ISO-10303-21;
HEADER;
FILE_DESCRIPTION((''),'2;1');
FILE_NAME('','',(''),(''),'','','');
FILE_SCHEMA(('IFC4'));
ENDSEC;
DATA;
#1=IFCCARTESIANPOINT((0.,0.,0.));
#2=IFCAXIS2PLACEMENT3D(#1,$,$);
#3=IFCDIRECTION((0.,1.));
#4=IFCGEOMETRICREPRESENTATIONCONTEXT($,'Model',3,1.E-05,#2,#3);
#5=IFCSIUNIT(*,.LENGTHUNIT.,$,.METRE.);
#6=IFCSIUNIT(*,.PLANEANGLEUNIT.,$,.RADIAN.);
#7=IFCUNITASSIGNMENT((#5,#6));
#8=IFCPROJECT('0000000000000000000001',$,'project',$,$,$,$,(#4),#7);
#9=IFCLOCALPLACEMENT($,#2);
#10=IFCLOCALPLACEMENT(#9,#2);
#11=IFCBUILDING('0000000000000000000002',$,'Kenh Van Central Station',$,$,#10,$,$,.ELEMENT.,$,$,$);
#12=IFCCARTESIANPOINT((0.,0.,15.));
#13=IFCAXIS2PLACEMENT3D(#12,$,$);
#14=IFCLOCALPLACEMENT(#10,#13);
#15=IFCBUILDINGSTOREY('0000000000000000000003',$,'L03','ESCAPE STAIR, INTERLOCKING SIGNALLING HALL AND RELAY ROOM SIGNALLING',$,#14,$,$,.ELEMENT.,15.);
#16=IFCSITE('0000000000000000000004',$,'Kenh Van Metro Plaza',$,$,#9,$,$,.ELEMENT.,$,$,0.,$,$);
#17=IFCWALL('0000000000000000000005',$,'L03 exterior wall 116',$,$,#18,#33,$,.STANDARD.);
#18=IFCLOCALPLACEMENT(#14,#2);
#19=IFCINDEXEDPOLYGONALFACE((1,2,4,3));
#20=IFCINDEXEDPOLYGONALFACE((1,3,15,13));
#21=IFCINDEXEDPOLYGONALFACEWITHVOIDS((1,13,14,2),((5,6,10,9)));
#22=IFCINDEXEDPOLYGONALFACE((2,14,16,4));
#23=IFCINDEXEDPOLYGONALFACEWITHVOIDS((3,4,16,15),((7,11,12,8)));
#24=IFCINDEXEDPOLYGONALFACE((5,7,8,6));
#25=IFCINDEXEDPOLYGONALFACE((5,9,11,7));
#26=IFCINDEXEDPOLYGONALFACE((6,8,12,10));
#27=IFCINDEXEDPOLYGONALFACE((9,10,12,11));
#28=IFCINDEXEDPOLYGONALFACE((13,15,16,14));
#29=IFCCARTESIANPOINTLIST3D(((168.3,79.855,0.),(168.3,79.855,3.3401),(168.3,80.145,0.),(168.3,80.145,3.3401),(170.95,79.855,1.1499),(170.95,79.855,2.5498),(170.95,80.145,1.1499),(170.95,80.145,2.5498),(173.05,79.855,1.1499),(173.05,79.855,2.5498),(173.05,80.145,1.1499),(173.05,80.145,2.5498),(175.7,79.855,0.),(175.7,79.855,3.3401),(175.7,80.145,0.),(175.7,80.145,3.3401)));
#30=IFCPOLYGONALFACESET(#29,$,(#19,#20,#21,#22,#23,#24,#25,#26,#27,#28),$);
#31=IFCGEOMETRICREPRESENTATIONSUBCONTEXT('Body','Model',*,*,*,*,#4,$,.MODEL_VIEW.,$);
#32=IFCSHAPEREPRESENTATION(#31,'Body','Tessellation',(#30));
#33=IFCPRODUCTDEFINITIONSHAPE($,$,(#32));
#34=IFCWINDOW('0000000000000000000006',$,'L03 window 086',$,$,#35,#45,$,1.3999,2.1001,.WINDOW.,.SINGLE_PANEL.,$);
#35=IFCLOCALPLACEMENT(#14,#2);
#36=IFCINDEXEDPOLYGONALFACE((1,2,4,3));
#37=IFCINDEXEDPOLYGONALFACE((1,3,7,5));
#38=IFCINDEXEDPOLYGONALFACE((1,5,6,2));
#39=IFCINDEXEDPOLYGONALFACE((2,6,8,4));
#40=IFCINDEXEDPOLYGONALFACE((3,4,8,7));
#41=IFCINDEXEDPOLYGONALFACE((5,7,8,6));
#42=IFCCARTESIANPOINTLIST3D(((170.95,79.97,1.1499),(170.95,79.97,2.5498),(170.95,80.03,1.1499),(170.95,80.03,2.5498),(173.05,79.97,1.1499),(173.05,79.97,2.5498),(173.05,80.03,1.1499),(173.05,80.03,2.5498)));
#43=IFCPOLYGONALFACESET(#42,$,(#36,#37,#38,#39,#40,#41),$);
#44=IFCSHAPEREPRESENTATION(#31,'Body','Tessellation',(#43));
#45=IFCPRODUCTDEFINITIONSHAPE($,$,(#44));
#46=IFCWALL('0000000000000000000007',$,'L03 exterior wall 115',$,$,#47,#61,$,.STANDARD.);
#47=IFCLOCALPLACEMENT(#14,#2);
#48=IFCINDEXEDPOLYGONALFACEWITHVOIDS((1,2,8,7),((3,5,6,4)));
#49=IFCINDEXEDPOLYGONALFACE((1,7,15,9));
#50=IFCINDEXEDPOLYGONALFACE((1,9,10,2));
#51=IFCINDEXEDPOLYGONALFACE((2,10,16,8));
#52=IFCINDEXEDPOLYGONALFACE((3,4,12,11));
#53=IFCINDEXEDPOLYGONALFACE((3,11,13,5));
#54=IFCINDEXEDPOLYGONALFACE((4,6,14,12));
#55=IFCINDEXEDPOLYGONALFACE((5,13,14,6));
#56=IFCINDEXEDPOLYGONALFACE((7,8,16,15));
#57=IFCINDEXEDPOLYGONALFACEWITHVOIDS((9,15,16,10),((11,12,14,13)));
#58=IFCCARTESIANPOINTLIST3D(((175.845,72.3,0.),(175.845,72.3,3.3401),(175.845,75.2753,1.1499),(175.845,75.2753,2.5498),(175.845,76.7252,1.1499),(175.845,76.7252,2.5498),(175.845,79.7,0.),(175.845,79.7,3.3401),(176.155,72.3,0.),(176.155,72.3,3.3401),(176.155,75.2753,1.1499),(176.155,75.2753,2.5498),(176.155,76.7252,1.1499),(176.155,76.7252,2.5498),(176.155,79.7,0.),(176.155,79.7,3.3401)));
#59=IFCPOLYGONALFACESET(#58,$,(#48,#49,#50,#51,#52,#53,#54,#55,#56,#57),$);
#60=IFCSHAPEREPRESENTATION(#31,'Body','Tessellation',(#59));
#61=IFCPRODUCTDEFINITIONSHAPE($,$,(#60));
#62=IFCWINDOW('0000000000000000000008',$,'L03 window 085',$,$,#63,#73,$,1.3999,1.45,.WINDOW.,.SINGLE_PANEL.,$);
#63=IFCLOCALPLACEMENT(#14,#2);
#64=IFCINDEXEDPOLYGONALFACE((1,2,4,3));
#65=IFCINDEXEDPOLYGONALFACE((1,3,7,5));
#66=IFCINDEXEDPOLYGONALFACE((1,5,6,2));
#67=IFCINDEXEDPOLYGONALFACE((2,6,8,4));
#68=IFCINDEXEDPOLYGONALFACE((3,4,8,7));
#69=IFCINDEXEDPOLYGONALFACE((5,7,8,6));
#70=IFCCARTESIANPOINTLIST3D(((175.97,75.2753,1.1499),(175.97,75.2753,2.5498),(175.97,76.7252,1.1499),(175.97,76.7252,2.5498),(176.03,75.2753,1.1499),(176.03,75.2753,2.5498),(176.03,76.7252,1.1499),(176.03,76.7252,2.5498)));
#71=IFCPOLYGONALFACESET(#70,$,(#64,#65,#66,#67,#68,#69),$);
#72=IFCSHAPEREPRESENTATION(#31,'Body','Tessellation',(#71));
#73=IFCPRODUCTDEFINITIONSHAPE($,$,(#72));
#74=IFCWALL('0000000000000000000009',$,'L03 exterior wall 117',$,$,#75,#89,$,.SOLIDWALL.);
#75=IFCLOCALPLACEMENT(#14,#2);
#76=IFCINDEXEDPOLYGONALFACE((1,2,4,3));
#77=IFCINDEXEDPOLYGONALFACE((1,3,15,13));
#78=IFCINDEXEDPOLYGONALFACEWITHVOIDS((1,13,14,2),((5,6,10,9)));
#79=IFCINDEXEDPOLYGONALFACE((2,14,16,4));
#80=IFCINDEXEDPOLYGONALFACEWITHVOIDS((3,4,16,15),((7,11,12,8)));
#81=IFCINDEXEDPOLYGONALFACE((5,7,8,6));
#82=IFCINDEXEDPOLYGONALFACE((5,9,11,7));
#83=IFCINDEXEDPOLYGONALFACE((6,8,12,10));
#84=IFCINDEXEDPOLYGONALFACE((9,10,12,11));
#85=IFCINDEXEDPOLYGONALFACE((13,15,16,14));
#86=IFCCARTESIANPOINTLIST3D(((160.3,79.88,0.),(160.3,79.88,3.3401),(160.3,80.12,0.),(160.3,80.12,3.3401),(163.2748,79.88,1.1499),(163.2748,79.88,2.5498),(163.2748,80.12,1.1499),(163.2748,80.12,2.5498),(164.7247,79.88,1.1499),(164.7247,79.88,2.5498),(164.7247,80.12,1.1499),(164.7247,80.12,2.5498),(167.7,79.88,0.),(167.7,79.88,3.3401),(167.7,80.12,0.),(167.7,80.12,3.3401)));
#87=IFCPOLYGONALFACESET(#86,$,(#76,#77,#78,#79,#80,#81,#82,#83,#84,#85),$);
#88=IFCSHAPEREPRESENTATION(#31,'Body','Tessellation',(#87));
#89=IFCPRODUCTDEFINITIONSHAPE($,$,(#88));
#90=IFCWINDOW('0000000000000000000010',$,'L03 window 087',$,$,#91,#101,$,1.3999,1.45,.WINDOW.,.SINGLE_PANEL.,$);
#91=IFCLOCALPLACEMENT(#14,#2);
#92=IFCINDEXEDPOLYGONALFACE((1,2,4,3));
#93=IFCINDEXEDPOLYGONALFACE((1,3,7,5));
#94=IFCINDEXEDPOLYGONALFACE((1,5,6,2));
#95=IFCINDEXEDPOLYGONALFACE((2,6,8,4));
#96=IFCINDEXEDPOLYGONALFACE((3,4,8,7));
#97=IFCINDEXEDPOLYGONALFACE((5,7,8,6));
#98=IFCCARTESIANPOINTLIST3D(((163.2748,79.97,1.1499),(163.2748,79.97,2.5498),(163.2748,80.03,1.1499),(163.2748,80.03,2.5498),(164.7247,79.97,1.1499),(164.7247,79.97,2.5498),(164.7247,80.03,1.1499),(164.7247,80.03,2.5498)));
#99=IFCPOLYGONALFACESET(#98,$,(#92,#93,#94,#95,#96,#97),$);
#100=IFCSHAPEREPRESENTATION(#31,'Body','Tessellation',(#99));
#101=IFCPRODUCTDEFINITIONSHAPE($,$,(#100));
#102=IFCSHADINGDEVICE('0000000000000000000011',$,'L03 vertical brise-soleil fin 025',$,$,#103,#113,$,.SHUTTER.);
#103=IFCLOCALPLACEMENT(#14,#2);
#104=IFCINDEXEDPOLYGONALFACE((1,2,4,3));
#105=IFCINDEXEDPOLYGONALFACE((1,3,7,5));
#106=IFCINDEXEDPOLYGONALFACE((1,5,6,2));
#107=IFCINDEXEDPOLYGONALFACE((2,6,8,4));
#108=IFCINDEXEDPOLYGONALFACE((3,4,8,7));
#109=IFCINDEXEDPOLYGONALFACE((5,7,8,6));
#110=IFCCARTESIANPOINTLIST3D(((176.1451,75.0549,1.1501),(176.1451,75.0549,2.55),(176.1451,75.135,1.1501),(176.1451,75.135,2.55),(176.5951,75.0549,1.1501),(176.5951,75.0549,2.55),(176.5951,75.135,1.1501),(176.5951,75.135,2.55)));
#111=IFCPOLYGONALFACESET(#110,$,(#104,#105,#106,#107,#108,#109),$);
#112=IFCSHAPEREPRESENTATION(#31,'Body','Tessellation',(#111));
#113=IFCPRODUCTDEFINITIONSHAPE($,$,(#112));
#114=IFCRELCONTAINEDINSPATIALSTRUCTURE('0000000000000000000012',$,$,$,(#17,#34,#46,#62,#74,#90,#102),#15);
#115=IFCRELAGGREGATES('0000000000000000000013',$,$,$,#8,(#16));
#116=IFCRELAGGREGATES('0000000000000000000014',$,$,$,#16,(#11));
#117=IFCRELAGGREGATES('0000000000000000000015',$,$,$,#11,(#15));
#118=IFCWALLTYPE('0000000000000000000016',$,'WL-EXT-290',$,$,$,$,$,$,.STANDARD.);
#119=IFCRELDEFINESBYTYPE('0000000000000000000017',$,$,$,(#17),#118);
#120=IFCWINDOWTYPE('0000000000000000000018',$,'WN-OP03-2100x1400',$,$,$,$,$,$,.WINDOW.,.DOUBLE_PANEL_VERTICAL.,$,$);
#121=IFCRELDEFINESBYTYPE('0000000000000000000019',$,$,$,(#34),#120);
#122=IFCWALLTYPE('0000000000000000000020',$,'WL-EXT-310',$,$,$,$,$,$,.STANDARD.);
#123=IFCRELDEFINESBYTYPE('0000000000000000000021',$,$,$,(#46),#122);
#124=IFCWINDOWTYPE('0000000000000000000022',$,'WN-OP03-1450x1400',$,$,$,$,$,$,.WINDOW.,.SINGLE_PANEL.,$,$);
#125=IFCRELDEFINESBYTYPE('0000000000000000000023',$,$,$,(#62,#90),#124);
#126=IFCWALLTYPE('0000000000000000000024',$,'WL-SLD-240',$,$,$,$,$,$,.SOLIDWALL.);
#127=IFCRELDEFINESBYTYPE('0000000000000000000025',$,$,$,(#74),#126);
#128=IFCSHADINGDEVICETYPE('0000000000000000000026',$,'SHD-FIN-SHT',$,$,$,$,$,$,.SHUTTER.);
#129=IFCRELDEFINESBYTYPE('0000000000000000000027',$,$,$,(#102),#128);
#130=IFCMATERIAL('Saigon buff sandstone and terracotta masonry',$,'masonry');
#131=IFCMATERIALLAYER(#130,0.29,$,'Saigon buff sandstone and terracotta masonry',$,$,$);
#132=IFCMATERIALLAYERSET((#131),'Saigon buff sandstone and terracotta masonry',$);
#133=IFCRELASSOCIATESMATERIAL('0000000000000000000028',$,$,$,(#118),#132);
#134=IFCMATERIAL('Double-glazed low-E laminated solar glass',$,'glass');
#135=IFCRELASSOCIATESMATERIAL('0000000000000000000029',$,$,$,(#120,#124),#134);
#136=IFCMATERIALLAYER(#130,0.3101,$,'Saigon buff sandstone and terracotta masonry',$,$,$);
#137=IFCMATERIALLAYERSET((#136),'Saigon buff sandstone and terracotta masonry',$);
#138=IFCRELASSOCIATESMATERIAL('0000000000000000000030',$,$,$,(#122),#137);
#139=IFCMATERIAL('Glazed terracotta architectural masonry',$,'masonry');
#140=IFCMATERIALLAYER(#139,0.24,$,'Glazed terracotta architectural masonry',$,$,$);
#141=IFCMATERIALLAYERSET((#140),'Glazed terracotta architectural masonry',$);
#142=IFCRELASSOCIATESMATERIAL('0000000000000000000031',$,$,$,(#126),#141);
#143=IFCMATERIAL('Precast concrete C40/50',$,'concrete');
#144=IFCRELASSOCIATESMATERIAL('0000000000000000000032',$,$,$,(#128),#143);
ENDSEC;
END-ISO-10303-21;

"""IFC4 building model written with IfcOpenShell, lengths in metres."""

from ifc_helpers import new_model, si_unit, direction, frame, frame_2d, origin, origin_2d, place, context, subcontext, project, spatial, rectangle, extrude, material, layer, layer_set, type_object, element, fill, save


model = new_model("IFC4")

# Units and contexts
model_context = context("Model", 3, precision=1e-05, world=origin(), true_north=direction((0.0, 1.0)))
body_context = subcontext(model_context, "Body", "Model", "MODEL_VIEW")
ifc_project = project(units=[si_unit("LENGTHUNIT", "METRE"), si_unit("PLANEANGLEUNIT", "RADIAN")], contexts=[model_context])

# Site, building, storey
site_placement = place(None, origin())
site = spatial("IfcSite", under=ifc_project, at=site_placement, Name="Kenh Van Metro Plaza", CompositionType="ELEMENT", RefElevation=0.0)
building_placement = place(site_placement, origin())
building = spatial("IfcBuilding", under=site, at=building_placement, Name="Kenh Van Central Station", CompositionType="ELEMENT")
storey_placement = place(building_placement, frame((0.0, 0.0, 15.0)))
storey = spatial("IfcBuildingStorey", under=building, at=storey_placement, Name="L03", Description="ESCAPE STAIR, INTERLOCKING SIGNALLING HALL AND RELAY ROOM SIGNALLING", CompositionType="ELEMENT", Elevation=15.0)

# Walls, openings, windows
ifc_material_1 = material(Name="Saigon buff sandstone and terracotta masonry", Category="masonry")
ifc_layer_1 = layer(ifc_material_1, 0.29, Name="Saigon buff sandstone and terracotta masonry")
ifc_layer_set_1 = layer_set([ifc_layer_1], Name="Saigon buff sandstone and terracotta masonry")
wall_type_1 = type_object("IfcWallType", Name="WL-EXT-290", PredefinedType="STANDARD", material=ifc_layer_set_1)
wall_1_placement = place(storey_placement, frame((175.7, 80.0, 0.0), z_axis=(0.0, 0.0, 1.0), x_axis=(-1.0, 0.0, 0.0)))
wall_1 = element("IfcWall", 1, at=wall_1_placement, inside=storey, type_object=wall_type_1, Name="L03 exterior wall 116", PredefinedType="STANDARD", context=body_context, shape_type="SweptSolid", body=[
    extrude(rectangle(XDim=7.3999, YDim=0.29, at=frame_2d((3.7, 0.0))), origin(), (0.0, 0.0, 1.0), 3.3401),
])
opening_1_placement = place(wall_1_placement, frame((2.6499, 0.0, 1.1499)))
opening_1 = element("IfcOpeningElement", 2, at=opening_1_placement, cuts=wall_1, PredefinedType="OPENING", context=body_context, shape_type="SweptSolid", body=[
    extrude(rectangle(XDim=2.1001, YDim=1.3999, at=frame_2d((1.05, 0.7))), frame((0.0, 0.155, 0.0), z_axis=(0.0, -1.0, 0.0), x_axis=(1.0, 0.0, 0.0)), (0.0, 0.0, 1.0), 0.3101),
])
ifc_material_2 = material(Name="Double-glazed low-E laminated solar glass", Category="glass")
window_type_1 = type_object("IfcWindowType", Name="WN-OP03-2100x1400", PartitioningType="DOUBLE_PANEL_VERTICAL", PredefinedType="WINDOW", material=ifc_material_2)
window_1_placement = place(opening_1_placement, origin())
window_1 = element("IfcWindow", 3, at=window_1_placement, inside=storey, type_object=window_type_1, Name="L03 window 086", OverallHeight=1.3999, OverallWidth=2.1001, PartitioningType="SINGLE_PANEL", PredefinedType="WINDOW", context=body_context, shape_type="SweptSolid", body=[
    extrude(rectangle(XDim=2.1001, YDim=1.3999, at=frame_2d((1.05, 0.7))), frame((0.0, 0.03, 0.0), z_axis=(0.0, -1.0, 0.0), x_axis=(1.0, 0.0, 0.0)), (0.0, 0.0, 1.0), 0.0601),
])
fill(opening_1, window_1)
ifc_layer_2 = layer(ifc_material_1, 0.3101, Name="Saigon buff sandstone and terracotta masonry")
ifc_layer_set_2 = layer_set([ifc_layer_2], Name="Saigon buff sandstone and terracotta masonry")
wall_type_2 = type_object("IfcWallType", Name="WL-EXT-310", PredefinedType="STANDARD", material=ifc_layer_set_2)
wall_2_placement = place(storey_placement, frame((176.0, 72.3, 0.0), z_axis=(0.0, 0.0, 1.0), x_axis=(0.0, 1.0, 0.0)))
wall_2 = element("IfcWall", 4, at=wall_2_placement, inside=storey, type_object=wall_type_2, Name="L03 exterior wall 115", PredefinedType="STANDARD", context=body_context, shape_type="SweptSolid", body=[
    extrude(rectangle(XDim=7.3999, YDim=0.3101, at=frame_2d((3.7, 0.0))), origin(), (0.0, 0.0, 1.0), 3.3401),
])
opening_2_placement = place(wall_2_placement, frame((2.9751, 0.0, 1.1499)))
opening_2 = element("IfcOpeningElement", 5, at=opening_2_placement, cuts=wall_2, PredefinedType="OPENING", context=body_context, shape_type="SweptSolid", body=[
    extrude(rectangle(XDim=1.45, YDim=1.3999, at=frame_2d((0.7251, 0.7))), frame((0.0, 0.165, 0.0), z_axis=(0.0, -1.0, 0.0), x_axis=(1.0, 0.0, 0.0)), (0.0, 0.0, 1.0), 0.3301),
])
window_type_2 = type_object("IfcWindowType", Name="WN-OP03-1450x1400", PartitioningType="SINGLE_PANEL", PredefinedType="WINDOW", material=ifc_material_2)
window_2_placement = place(opening_2_placement, origin())
window_2 = element("IfcWindow", 6, at=window_2_placement, inside=storey, type_object=window_type_2, Name="L03 window 085", OverallHeight=1.3999, OverallWidth=1.45, PartitioningType="SINGLE_PANEL", PredefinedType="WINDOW", context=body_context, shape_type="SweptSolid", body=[
    extrude(rectangle(XDim=1.45, YDim=1.3999, at=frame_2d((0.7251, 0.7))), frame((0.0, 0.03, 0.0), z_axis=(0.0, -1.0, 0.0), x_axis=(1.0, 0.0, 0.0)), (0.0, 0.0, 1.0), 0.0601),
])
fill(opening_2, window_2)
ifc_material_3 = material(Name="Glazed terracotta architectural masonry", Category="masonry")
ifc_layer_3 = layer(ifc_material_3, 0.24, Name="Glazed terracotta architectural masonry")
ifc_layer_set_3 = layer_set([ifc_layer_3], Name="Glazed terracotta architectural masonry")
wall_type_3 = type_object("IfcWallType", Name="WL-SLD-240", PredefinedType="SOLIDWALL", material=ifc_layer_set_3)
wall_3_placement = place(storey_placement, frame((167.7, 80.0, 0.0), z_axis=(0.0, 0.0, 1.0), x_axis=(-1.0, 0.0, 0.0)))
wall_3 = element("IfcWall", 7, at=wall_3_placement, inside=storey, type_object=wall_type_3, Name="L03 exterior wall 117", PredefinedType="SOLIDWALL", context=body_context, shape_type="SweptSolid", body=[
    extrude(rectangle(XDim=7.3999, YDim=0.24, at=frame_2d((3.7, 0.0))), origin(), (0.0, 0.0, 1.0), 3.3401),
])
opening_3_placement = place(wall_3_placement, frame((2.9751, 0.0, 1.1499)))
opening_3 = element("IfcOpeningElement", 8, at=opening_3_placement, cuts=wall_3, PredefinedType="OPENING", context=body_context, shape_type="SweptSolid", body=[
    extrude(rectangle(XDim=1.45, YDim=1.3999, at=frame_2d((0.7251, 0.7))), frame((0.0, 0.1299, 0.0), z_axis=(0.0, -1.0, 0.0), x_axis=(1.0, 0.0, 0.0)), (0.0, 0.0, 1.0), 0.26),
])
window_3_placement = place(opening_3_placement, origin())
window_3 = element("IfcWindow", 9, at=window_3_placement, inside=storey, type_object=window_type_2, Name="L03 window 087", OverallHeight=1.3999, OverallWidth=1.45, PartitioningType="SINGLE_PANEL", PredefinedType="WINDOW", context=body_context, shape_type="SweptSolid", body=[
    extrude(rectangle(XDim=1.45, YDim=1.3999, at=frame_2d((0.7251, 0.7))), frame((0.0, 0.03, 0.0), z_axis=(0.0, -1.0, 0.0), x_axis=(1.0, 0.0, 0.0)), (0.0, 0.0, 1.0), 0.0601),
])
fill(opening_3, window_3)

# Shading device
ifc_material_4 = material(Name="Precast concrete C40/50", Category="concrete")
shading_device_type = type_object("IfcShadingDeviceType", Name="SHD-FIN-SHT", PredefinedType="SHUTTER", material=ifc_material_4)
shading_device_placement = place(storey_placement, frame((176.3701, 75.095, 1.1501), z_axis=(0.0, 0.0, 1.0), x_axis=(1.0, 0.0, 0.0)))
element("IfcShadingDevice", 10, at=shading_device_placement, inside=storey, type_object=shading_device_type, Name="L03 vertical brise-soleil fin 025", PredefinedType="SHUTTER", context=body_context, shape_type="SweptSolid", body=[
    extrude(rectangle(XDim=0.45, YDim=0.0801, at=origin_2d()), origin(), (0.0, 0.0, 1.0), 1.3999),
])

save(model, "model.ifc")
